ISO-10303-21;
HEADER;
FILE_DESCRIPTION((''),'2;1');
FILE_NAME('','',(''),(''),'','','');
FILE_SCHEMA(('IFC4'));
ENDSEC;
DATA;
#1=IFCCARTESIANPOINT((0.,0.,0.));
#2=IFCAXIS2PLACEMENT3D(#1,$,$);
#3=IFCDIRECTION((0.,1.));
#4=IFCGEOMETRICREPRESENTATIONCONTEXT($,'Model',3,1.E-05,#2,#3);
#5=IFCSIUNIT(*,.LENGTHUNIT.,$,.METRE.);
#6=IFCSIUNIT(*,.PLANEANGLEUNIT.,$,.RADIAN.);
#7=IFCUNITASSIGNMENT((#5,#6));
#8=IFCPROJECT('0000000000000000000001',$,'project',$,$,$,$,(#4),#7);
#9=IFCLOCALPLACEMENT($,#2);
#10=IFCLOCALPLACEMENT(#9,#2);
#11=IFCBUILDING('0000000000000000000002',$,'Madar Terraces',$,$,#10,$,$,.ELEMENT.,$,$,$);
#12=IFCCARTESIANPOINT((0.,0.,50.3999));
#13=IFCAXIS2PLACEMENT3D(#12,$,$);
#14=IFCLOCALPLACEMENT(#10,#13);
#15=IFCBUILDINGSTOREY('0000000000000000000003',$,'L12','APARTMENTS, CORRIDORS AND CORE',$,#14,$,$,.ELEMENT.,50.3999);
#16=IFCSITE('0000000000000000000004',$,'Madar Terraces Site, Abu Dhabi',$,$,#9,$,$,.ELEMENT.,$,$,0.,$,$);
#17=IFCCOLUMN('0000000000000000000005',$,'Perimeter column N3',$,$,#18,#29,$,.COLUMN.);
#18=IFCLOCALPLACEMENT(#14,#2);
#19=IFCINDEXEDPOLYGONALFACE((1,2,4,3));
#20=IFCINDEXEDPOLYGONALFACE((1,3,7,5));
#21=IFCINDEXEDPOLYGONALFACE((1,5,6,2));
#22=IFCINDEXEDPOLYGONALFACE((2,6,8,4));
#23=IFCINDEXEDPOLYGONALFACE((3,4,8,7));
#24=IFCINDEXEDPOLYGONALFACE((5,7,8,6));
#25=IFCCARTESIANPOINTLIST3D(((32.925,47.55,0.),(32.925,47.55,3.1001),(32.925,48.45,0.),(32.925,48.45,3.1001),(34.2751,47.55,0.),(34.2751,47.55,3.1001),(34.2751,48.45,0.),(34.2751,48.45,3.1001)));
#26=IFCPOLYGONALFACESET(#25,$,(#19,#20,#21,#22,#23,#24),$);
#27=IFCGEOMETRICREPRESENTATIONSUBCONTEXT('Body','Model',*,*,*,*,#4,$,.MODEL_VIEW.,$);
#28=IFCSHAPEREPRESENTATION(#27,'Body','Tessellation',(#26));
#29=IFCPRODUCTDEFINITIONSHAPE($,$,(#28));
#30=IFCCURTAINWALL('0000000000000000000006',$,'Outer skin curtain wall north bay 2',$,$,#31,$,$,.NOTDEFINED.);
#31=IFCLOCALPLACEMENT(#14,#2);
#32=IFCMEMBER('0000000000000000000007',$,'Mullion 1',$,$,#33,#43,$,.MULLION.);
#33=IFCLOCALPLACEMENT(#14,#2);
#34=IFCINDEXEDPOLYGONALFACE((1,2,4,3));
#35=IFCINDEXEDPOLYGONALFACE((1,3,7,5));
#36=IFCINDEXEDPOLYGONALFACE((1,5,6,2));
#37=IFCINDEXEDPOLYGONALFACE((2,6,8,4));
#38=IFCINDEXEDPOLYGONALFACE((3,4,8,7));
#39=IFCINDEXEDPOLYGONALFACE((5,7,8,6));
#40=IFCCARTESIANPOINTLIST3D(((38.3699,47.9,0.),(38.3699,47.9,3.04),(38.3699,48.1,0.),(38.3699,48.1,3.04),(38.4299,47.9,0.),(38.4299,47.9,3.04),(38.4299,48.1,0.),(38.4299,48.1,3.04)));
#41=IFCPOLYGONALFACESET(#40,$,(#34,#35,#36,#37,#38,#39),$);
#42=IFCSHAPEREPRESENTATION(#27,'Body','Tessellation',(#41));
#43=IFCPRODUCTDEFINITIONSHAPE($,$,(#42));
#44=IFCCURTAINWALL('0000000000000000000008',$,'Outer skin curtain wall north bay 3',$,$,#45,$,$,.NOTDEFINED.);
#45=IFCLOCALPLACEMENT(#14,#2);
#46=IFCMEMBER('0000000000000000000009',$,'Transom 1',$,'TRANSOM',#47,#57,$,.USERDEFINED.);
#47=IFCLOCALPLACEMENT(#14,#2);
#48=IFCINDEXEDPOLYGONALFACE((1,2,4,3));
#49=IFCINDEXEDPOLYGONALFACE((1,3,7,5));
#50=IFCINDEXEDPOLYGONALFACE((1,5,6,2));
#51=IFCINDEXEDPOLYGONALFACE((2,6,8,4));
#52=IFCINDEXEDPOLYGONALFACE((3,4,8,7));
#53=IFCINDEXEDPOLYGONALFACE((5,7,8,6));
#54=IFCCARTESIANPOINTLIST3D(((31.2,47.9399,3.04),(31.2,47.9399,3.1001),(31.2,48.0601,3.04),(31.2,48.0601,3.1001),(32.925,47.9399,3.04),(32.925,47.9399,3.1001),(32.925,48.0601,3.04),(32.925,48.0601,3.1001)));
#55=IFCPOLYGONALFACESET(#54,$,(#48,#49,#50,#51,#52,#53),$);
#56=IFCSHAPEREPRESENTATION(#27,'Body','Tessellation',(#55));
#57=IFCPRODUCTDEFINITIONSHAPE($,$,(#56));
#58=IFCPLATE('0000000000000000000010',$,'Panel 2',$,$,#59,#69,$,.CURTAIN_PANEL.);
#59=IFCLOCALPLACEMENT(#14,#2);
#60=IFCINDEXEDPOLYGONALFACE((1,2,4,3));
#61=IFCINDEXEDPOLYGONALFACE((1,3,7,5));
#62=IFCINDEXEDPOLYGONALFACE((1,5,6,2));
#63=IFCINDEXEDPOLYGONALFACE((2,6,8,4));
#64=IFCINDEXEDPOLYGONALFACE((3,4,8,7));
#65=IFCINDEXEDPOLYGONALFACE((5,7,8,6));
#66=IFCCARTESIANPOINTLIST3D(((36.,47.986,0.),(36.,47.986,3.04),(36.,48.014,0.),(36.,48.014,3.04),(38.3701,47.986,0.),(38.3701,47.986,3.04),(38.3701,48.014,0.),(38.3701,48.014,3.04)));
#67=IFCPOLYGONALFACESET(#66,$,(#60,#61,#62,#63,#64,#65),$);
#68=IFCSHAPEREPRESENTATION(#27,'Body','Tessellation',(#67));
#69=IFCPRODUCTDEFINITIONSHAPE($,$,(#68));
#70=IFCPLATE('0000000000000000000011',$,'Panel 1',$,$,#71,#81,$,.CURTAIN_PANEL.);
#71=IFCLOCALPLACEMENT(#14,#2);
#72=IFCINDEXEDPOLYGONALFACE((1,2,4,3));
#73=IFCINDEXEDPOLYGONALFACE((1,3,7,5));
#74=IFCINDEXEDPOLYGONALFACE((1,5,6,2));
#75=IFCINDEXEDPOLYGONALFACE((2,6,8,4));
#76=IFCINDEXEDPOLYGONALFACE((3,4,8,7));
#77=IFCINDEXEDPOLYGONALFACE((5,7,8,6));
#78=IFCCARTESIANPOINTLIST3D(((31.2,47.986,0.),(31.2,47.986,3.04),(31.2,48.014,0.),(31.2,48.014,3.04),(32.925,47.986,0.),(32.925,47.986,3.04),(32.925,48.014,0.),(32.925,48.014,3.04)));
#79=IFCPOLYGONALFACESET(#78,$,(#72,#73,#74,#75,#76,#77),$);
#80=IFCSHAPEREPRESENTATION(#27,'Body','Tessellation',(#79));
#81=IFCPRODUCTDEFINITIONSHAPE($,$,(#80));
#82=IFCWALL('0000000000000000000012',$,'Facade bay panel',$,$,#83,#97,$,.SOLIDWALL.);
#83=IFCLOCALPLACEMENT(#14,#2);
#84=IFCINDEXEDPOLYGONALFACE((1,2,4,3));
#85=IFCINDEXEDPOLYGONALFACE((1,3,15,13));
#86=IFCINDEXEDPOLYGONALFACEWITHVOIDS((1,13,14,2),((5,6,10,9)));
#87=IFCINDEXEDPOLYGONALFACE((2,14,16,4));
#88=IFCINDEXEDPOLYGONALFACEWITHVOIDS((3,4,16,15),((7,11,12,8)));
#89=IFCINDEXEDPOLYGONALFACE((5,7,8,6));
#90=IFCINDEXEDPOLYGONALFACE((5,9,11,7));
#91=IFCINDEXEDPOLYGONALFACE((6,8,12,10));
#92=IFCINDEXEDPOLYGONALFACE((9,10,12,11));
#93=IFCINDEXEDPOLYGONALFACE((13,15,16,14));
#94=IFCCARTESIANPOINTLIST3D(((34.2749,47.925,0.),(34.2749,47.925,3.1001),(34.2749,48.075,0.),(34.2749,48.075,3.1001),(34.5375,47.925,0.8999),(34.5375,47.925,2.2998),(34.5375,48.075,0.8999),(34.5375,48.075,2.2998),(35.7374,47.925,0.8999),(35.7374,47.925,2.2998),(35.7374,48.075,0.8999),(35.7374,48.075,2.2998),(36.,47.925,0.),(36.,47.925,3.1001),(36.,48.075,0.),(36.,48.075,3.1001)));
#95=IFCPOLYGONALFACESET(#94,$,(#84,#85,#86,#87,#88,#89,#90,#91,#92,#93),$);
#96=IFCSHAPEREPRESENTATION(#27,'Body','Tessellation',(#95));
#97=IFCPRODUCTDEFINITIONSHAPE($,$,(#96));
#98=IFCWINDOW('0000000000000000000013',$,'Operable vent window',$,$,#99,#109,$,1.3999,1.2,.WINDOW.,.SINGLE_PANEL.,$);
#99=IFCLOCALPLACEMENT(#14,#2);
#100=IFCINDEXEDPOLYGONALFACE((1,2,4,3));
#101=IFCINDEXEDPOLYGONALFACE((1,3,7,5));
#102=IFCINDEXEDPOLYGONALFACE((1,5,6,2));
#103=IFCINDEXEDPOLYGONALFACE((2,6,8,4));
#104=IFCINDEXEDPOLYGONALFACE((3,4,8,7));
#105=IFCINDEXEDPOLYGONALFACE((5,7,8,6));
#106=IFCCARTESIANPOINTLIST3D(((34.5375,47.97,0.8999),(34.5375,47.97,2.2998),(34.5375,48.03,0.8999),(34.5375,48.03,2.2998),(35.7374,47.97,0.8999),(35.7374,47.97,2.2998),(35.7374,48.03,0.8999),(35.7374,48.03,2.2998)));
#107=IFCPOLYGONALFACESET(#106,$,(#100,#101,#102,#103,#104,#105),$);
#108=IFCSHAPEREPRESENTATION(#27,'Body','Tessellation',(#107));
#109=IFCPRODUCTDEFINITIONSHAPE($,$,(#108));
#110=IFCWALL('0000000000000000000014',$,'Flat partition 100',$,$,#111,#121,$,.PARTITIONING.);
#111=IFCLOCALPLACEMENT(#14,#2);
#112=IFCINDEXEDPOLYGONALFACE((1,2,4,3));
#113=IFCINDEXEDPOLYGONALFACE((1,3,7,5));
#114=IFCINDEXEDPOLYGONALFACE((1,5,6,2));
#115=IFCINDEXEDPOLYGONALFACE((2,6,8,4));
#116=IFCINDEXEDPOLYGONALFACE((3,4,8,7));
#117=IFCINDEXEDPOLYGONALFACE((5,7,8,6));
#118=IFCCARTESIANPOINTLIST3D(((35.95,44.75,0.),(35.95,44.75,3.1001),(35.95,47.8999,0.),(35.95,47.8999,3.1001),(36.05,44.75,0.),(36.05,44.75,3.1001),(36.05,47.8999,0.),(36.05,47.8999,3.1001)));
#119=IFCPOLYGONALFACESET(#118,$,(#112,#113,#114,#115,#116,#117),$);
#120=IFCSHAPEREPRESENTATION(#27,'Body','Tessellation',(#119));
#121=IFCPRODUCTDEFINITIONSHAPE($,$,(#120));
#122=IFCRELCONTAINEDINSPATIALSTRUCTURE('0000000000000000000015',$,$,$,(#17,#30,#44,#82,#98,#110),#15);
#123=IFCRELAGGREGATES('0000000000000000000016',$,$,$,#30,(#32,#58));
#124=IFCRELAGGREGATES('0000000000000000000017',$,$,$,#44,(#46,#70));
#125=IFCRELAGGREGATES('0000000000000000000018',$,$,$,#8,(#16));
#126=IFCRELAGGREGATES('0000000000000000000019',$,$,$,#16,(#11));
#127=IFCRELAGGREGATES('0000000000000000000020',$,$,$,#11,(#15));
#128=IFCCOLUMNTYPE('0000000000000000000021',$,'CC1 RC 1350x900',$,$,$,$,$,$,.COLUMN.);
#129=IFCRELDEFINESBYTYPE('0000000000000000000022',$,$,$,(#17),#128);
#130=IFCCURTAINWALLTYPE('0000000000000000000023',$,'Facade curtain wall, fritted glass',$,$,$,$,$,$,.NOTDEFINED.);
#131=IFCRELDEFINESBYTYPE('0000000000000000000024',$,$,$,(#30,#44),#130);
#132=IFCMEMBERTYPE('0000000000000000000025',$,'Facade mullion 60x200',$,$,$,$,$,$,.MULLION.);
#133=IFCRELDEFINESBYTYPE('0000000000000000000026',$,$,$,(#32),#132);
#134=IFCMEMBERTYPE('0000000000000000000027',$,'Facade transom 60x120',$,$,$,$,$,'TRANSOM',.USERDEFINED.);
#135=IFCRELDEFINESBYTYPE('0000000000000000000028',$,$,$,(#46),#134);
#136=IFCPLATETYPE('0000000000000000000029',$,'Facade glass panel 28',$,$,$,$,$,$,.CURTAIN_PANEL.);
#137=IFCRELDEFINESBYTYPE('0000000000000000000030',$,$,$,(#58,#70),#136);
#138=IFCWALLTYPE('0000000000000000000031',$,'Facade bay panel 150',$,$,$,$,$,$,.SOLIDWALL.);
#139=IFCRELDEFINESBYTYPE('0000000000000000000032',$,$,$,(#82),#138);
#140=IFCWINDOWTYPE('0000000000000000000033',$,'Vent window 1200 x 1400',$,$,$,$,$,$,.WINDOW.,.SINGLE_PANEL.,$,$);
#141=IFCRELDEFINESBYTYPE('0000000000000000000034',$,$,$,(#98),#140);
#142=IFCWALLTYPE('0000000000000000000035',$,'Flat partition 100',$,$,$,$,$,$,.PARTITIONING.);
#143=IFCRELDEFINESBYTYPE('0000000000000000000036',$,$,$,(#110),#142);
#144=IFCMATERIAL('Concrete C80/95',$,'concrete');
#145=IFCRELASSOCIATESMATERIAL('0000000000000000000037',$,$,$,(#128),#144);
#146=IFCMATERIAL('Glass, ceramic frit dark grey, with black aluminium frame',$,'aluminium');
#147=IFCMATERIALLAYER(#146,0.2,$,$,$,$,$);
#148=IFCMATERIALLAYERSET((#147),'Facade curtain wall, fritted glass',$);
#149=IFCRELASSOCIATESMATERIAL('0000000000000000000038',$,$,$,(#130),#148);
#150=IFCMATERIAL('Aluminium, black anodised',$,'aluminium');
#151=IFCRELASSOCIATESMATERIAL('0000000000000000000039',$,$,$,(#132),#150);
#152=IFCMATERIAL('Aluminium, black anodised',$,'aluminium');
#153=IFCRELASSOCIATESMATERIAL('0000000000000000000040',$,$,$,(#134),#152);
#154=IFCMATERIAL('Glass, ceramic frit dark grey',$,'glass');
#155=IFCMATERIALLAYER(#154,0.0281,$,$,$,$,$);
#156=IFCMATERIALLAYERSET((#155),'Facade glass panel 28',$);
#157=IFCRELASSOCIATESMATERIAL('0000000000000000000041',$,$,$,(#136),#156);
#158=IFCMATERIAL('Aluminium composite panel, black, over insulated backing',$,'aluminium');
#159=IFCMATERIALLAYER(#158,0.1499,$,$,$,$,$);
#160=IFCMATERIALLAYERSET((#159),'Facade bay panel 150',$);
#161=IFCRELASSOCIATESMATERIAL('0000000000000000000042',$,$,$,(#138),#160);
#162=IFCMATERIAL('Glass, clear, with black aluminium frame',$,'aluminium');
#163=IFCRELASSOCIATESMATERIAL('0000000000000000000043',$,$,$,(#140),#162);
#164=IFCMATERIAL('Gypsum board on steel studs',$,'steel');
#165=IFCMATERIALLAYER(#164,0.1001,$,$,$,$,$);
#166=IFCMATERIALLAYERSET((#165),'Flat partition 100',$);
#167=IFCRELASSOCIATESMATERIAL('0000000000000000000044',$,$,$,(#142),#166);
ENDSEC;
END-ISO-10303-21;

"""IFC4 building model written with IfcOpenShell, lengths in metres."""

from ifc_helpers import new_model, si_unit, direction, frame, frame_2d, origin, origin_2d, place, context, subcontext, project, spatial, rectangle, extrude, material, layer, layer_set, material_profile, profile_set, type_object, element, fill, aggregate, save


model = new_model("IFC4")

# Units and contexts
model_context = context("Model", 3, precision=1e-05, world=origin(), true_north=direction((0.0, 1.0)))
body_context = subcontext(model_context, "Body", "Model", "MODEL_VIEW")
ifc_project = project(units=[si_unit("LENGTHUNIT", "METRE"), si_unit("PLANEANGLEUNIT", "RADIAN")], contexts=[model_context])

# Site, building, storey
site_placement = place(None, origin())
site = spatial("IfcSite", under=ifc_project, at=site_placement, Name="Madar Terraces Site, Abu Dhabi", CompositionType="ELEMENT", RefElevation=0.0)
building_placement = place(site_placement, origin())
building = spatial("IfcBuilding", under=site, at=building_placement, Name="Madar Terraces", CompositionType="ELEMENT")
storey_placement = place(building_placement, frame((0.0, 0.0, 50.3999)))
storey = spatial("IfcBuildingStorey", under=building, at=storey_placement, Name="L12", Description="APARTMENTS, CORRIDORS AND CORE", CompositionType="ELEMENT", Elevation=50.3999)

# Column
ifc_material_1 = material(Name="Concrete C80/95", Category="concrete")
ifc_material_profile_1 = material_profile(ifc_material_1, rectangle(XDim=1.3501, YDim=0.8999, at=origin_2d()), Name="CC1 RC 1350x900")
ifc_profile_set_1 = profile_set([ifc_material_profile_1], Name="Concrete C80/95")
column_type = type_object("IfcColumnType", Name="CC1 RC 1350x900", PredefinedType="COLUMN", material=ifc_profile_set_1)
column_placement = place(storey_placement, frame((33.6001, 48.0, 0.0), z_axis=(0.0, 0.0, 1.0), x_axis=(1.0, 0.0, 0.0)))
element("IfcColumn", 1, at=column_placement, inside=storey, type_object=column_type, Name="Perimeter column N3", PredefinedType="COLUMN", context=body_context, shape_type="SweptSolid", body=[
    extrude(rectangle(XDim=1.3501, YDim=0.8999, at=origin_2d()), origin(), (0.0, 0.0, 1.0), 3.1001),
])

# Curtain walls, members
ifc_material_2 = material(Name="Glass, ceramic frit dark grey, with black aluminium frame", Category="aluminium")
ifc_layer_1 = layer(ifc_material_2, 0.2)
ifc_layer_set_1 = layer_set([ifc_layer_1], Name="Facade curtain wall, fritted glass")
curtain_wall_type = type_object("IfcCurtainWallType", Name="Facade curtain wall, fritted glass", PredefinedType="NOTDEFINED", material=ifc_layer_set_1)
curtain_wall_1_placement = place(storey_placement, origin())
curtain_wall_1 = element("IfcCurtainWall", 2, at=curtain_wall_1_placement, inside=storey, type_object=curtain_wall_type, Name="Outer skin curtain wall north bay 2", PredefinedType="NOTDEFINED")
ifc_material_3 = material(Name="Aluminium, black anodised", Category="aluminium")
ifc_material_profile_2 = material_profile(ifc_material_3, rectangle(XDim=0.2, YDim=0.0601, at=origin_2d()), Name="Facade mullion 60x200")
ifc_profile_set_2 = profile_set([ifc_material_profile_2], Name="Aluminium, black anodised")
member_type_1 = type_object("IfcMemberType", Name="Facade mullion 60x200", PredefinedType="MULLION", material=ifc_profile_set_2)
member_1_placement = place(storey_placement, frame((38.3999, 48.0, 0.0), z_axis=(0.0, 0.0, 1.0), x_axis=(0.0, -1.0, 0.0)))
member_1 = element("IfcMember", 3, at=member_1_placement, type_object=member_type_1, Name="Mullion 1", PredefinedType="MULLION", context=body_context, shape_type="SweptSolid", body=[
    extrude(rectangle(XDim=0.2, YDim=0.0601, at=origin_2d()), origin(), (0.0, 0.0, 1.0), 3.04),
])
curtain_wall_2_placement = place(storey_placement, origin())
curtain_wall_2 = element("IfcCurtainWall", 4, at=curtain_wall_2_placement, inside=storey, type_object=curtain_wall_type, Name="Outer skin curtain wall north bay 3", PredefinedType="NOTDEFINED")
ifc_material_4 = material(Name="Aluminium, black anodised", Category="aluminium")
ifc_material_profile_3 = material_profile(ifc_material_4, rectangle(XDim=0.1201, YDim=0.0601, at=origin_2d()), Name="Facade transom 60x120")
ifc_profile_set_3 = profile_set([ifc_material_profile_3], Name="Aluminium, black anodised")
member_type_2 = type_object("IfcMemberType", Name="Facade transom 60x120", ElementType="TRANSOM", PredefinedType="USERDEFINED", material=ifc_profile_set_3)
member_2_placement = place(storey_placement, frame((32.925, 48.0, 3.0701), z_axis=(-1.0, 0.0, 0.0), x_axis=(0.0, -1.0, 0.0)))
member_2 = element("IfcMember", 5, at=member_2_placement, type_object=member_type_2, Name="Transom 1", ObjectType="TRANSOM", PredefinedType="USERDEFINED", context=body_context, shape_type="SweptSolid", body=[
    extrude(rectangle(XDim=0.1201, YDim=0.0601, at=origin_2d()), origin(), (0.0, 0.0, 1.0), 1.7251),
])

# Plates
ifc_material_5 = material(Name="Glass, ceramic frit dark grey", Category="glass")
ifc_layer_2 = layer(ifc_material_5, 0.0281)
ifc_layer_set_2 = layer_set([ifc_layer_2], Name="Facade glass panel 28")
plate_type = type_object("IfcPlateType", Name="Facade glass panel 28", PredefinedType="CURTAIN_PANEL", material=ifc_layer_set_2)
plate_1_placement = place(storey_placement, frame((37.1851, 48.0, 0.0), z_axis=(0.0, 0.0, 1.0), x_axis=(-1.0, 0.0, 0.0)))
plate_1 = element("IfcPlate", 6, at=plate_1_placement, type_object=plate_type, Name="Panel 2", PredefinedType="CURTAIN_PANEL", context=body_context, shape_type="SweptSolid", body=[
    extrude(rectangle(XDim=2.3701, YDim=0.0281, at=origin_2d()), origin(), (0.0, 0.0, 1.0), 3.04),
])
aggregate(curtain_wall_1, [member_1, plate_1])
plate_2_placement = place(storey_placement, frame((32.0625, 48.0, 0.0), z_axis=(0.0, 0.0, 1.0), x_axis=(-1.0, 0.0, 0.0)))
plate_2 = element("IfcPlate", 7, at=plate_2_placement, type_object=plate_type, Name="Panel 1", PredefinedType="CURTAIN_PANEL", context=body_context, shape_type="SweptSolid", body=[
    extrude(rectangle(XDim=1.7251, YDim=0.0281, at=origin_2d()), origin(), (0.0, 0.0, 1.0), 3.04),
])
aggregate(curtain_wall_2, [member_2, plate_2])

# Wall, opening, window
ifc_material_6 = material(Name="Aluminium composite panel, black, over insulated backing", Category="aluminium")
ifc_layer_3 = layer(ifc_material_6, 0.1499)
ifc_layer_set_3 = layer_set([ifc_layer_3], Name="Facade bay panel 150")
wall_type_1 = type_object("IfcWallType", Name="Facade bay panel 150", PredefinedType="SOLIDWALL", material=ifc_layer_set_3)
wall_1_placement = place(storey_placement, frame((36.0, 48.0, 0.0), z_axis=(0.0, 0.0, 1.0), x_axis=(-1.0, 0.0, 0.0)))
wall_1 = element("IfcWall", 8, at=wall_1_placement, inside=storey, type_object=wall_type_1, Name="Facade bay panel", PredefinedType="SOLIDWALL", context=body_context, shape_type="SweptSolid", body=[
    extrude(rectangle(XDim=1.7251, YDim=0.1499, at=frame_2d((0.8625, 0.0))), origin(), (0.0, 0.0, 1.0), 3.1001),
])
opening_1_placement = place(wall_1_placement, frame((0.2625, 0.0, 0.8999)))
opening_1 = element("IfcOpeningElement", 9, at=opening_1_placement, cuts=wall_1, PredefinedType="OPENING", context=body_context, shape_type="SweptSolid", body=[
    extrude(rectangle(XDim=1.2, YDim=1.3999, at=frame_2d((0.6001, 0.7))), frame((0.0, 0.085, 0.0), z_axis=(0.0, -1.0, 0.0), x_axis=(1.0, 0.0, 0.0)), (0.0, 0.0, 1.0), 0.1699),
])
ifc_material_7 = material(Name="Glass, clear, with black aluminium frame", Category="aluminium")
window_type = type_object("IfcWindowType", Name="Vent window 1200 x 1400", PartitioningType="SINGLE_PANEL", PredefinedType="WINDOW", material=ifc_material_7)
window_placement = place(opening_1_placement, origin())
window = element("IfcWindow", 10, at=window_placement, inside=storey, type_object=window_type, Name="Operable vent window", OverallHeight=1.3999, OverallWidth=1.2, PartitioningType="SINGLE_PANEL", PredefinedType="WINDOW", context=body_context, shape_type="SweptSolid", body=[
    extrude(rectangle(XDim=1.2, YDim=1.3999, at=frame_2d((0.6001, 0.7))), frame((0.0, 0.03, 0.0), z_axis=(0.0, -1.0, 0.0), x_axis=(1.0, 0.0, 0.0)), (0.0, 0.0, 1.0), 0.0601),
])
fill(opening_1, window)

# Wall
ifc_material_8 = material(Name="Gypsum board on steel studs", Category="steel")
ifc_layer_4 = layer(ifc_material_8, 0.1001)
ifc_layer_set_4 = layer_set([ifc_layer_4], Name="Flat partition 100")
wall_type_2 = type_object("IfcWallType", Name="Flat partition 100", PredefinedType="PARTITIONING", material=ifc_layer_set_4)
wall_2_placement = place(storey_placement, frame((36.0, 44.75, 0.0), z_axis=(0.0, 0.0, 1.0), x_axis=(0.0, 1.0, 0.0)))
element("IfcWall", 11, at=wall_2_placement, inside=storey, type_object=wall_type_2, Name="Flat partition 100", PredefinedType="PARTITIONING", context=body_context, shape_type="SweptSolid", body=[
    extrude(rectangle(XDim=3.1499, YDim=0.1001, at=frame_2d((1.575, 0.0))), origin(), (0.0, 0.0, 1.0), 3.1001),
])

save(model, "model.ifc")
